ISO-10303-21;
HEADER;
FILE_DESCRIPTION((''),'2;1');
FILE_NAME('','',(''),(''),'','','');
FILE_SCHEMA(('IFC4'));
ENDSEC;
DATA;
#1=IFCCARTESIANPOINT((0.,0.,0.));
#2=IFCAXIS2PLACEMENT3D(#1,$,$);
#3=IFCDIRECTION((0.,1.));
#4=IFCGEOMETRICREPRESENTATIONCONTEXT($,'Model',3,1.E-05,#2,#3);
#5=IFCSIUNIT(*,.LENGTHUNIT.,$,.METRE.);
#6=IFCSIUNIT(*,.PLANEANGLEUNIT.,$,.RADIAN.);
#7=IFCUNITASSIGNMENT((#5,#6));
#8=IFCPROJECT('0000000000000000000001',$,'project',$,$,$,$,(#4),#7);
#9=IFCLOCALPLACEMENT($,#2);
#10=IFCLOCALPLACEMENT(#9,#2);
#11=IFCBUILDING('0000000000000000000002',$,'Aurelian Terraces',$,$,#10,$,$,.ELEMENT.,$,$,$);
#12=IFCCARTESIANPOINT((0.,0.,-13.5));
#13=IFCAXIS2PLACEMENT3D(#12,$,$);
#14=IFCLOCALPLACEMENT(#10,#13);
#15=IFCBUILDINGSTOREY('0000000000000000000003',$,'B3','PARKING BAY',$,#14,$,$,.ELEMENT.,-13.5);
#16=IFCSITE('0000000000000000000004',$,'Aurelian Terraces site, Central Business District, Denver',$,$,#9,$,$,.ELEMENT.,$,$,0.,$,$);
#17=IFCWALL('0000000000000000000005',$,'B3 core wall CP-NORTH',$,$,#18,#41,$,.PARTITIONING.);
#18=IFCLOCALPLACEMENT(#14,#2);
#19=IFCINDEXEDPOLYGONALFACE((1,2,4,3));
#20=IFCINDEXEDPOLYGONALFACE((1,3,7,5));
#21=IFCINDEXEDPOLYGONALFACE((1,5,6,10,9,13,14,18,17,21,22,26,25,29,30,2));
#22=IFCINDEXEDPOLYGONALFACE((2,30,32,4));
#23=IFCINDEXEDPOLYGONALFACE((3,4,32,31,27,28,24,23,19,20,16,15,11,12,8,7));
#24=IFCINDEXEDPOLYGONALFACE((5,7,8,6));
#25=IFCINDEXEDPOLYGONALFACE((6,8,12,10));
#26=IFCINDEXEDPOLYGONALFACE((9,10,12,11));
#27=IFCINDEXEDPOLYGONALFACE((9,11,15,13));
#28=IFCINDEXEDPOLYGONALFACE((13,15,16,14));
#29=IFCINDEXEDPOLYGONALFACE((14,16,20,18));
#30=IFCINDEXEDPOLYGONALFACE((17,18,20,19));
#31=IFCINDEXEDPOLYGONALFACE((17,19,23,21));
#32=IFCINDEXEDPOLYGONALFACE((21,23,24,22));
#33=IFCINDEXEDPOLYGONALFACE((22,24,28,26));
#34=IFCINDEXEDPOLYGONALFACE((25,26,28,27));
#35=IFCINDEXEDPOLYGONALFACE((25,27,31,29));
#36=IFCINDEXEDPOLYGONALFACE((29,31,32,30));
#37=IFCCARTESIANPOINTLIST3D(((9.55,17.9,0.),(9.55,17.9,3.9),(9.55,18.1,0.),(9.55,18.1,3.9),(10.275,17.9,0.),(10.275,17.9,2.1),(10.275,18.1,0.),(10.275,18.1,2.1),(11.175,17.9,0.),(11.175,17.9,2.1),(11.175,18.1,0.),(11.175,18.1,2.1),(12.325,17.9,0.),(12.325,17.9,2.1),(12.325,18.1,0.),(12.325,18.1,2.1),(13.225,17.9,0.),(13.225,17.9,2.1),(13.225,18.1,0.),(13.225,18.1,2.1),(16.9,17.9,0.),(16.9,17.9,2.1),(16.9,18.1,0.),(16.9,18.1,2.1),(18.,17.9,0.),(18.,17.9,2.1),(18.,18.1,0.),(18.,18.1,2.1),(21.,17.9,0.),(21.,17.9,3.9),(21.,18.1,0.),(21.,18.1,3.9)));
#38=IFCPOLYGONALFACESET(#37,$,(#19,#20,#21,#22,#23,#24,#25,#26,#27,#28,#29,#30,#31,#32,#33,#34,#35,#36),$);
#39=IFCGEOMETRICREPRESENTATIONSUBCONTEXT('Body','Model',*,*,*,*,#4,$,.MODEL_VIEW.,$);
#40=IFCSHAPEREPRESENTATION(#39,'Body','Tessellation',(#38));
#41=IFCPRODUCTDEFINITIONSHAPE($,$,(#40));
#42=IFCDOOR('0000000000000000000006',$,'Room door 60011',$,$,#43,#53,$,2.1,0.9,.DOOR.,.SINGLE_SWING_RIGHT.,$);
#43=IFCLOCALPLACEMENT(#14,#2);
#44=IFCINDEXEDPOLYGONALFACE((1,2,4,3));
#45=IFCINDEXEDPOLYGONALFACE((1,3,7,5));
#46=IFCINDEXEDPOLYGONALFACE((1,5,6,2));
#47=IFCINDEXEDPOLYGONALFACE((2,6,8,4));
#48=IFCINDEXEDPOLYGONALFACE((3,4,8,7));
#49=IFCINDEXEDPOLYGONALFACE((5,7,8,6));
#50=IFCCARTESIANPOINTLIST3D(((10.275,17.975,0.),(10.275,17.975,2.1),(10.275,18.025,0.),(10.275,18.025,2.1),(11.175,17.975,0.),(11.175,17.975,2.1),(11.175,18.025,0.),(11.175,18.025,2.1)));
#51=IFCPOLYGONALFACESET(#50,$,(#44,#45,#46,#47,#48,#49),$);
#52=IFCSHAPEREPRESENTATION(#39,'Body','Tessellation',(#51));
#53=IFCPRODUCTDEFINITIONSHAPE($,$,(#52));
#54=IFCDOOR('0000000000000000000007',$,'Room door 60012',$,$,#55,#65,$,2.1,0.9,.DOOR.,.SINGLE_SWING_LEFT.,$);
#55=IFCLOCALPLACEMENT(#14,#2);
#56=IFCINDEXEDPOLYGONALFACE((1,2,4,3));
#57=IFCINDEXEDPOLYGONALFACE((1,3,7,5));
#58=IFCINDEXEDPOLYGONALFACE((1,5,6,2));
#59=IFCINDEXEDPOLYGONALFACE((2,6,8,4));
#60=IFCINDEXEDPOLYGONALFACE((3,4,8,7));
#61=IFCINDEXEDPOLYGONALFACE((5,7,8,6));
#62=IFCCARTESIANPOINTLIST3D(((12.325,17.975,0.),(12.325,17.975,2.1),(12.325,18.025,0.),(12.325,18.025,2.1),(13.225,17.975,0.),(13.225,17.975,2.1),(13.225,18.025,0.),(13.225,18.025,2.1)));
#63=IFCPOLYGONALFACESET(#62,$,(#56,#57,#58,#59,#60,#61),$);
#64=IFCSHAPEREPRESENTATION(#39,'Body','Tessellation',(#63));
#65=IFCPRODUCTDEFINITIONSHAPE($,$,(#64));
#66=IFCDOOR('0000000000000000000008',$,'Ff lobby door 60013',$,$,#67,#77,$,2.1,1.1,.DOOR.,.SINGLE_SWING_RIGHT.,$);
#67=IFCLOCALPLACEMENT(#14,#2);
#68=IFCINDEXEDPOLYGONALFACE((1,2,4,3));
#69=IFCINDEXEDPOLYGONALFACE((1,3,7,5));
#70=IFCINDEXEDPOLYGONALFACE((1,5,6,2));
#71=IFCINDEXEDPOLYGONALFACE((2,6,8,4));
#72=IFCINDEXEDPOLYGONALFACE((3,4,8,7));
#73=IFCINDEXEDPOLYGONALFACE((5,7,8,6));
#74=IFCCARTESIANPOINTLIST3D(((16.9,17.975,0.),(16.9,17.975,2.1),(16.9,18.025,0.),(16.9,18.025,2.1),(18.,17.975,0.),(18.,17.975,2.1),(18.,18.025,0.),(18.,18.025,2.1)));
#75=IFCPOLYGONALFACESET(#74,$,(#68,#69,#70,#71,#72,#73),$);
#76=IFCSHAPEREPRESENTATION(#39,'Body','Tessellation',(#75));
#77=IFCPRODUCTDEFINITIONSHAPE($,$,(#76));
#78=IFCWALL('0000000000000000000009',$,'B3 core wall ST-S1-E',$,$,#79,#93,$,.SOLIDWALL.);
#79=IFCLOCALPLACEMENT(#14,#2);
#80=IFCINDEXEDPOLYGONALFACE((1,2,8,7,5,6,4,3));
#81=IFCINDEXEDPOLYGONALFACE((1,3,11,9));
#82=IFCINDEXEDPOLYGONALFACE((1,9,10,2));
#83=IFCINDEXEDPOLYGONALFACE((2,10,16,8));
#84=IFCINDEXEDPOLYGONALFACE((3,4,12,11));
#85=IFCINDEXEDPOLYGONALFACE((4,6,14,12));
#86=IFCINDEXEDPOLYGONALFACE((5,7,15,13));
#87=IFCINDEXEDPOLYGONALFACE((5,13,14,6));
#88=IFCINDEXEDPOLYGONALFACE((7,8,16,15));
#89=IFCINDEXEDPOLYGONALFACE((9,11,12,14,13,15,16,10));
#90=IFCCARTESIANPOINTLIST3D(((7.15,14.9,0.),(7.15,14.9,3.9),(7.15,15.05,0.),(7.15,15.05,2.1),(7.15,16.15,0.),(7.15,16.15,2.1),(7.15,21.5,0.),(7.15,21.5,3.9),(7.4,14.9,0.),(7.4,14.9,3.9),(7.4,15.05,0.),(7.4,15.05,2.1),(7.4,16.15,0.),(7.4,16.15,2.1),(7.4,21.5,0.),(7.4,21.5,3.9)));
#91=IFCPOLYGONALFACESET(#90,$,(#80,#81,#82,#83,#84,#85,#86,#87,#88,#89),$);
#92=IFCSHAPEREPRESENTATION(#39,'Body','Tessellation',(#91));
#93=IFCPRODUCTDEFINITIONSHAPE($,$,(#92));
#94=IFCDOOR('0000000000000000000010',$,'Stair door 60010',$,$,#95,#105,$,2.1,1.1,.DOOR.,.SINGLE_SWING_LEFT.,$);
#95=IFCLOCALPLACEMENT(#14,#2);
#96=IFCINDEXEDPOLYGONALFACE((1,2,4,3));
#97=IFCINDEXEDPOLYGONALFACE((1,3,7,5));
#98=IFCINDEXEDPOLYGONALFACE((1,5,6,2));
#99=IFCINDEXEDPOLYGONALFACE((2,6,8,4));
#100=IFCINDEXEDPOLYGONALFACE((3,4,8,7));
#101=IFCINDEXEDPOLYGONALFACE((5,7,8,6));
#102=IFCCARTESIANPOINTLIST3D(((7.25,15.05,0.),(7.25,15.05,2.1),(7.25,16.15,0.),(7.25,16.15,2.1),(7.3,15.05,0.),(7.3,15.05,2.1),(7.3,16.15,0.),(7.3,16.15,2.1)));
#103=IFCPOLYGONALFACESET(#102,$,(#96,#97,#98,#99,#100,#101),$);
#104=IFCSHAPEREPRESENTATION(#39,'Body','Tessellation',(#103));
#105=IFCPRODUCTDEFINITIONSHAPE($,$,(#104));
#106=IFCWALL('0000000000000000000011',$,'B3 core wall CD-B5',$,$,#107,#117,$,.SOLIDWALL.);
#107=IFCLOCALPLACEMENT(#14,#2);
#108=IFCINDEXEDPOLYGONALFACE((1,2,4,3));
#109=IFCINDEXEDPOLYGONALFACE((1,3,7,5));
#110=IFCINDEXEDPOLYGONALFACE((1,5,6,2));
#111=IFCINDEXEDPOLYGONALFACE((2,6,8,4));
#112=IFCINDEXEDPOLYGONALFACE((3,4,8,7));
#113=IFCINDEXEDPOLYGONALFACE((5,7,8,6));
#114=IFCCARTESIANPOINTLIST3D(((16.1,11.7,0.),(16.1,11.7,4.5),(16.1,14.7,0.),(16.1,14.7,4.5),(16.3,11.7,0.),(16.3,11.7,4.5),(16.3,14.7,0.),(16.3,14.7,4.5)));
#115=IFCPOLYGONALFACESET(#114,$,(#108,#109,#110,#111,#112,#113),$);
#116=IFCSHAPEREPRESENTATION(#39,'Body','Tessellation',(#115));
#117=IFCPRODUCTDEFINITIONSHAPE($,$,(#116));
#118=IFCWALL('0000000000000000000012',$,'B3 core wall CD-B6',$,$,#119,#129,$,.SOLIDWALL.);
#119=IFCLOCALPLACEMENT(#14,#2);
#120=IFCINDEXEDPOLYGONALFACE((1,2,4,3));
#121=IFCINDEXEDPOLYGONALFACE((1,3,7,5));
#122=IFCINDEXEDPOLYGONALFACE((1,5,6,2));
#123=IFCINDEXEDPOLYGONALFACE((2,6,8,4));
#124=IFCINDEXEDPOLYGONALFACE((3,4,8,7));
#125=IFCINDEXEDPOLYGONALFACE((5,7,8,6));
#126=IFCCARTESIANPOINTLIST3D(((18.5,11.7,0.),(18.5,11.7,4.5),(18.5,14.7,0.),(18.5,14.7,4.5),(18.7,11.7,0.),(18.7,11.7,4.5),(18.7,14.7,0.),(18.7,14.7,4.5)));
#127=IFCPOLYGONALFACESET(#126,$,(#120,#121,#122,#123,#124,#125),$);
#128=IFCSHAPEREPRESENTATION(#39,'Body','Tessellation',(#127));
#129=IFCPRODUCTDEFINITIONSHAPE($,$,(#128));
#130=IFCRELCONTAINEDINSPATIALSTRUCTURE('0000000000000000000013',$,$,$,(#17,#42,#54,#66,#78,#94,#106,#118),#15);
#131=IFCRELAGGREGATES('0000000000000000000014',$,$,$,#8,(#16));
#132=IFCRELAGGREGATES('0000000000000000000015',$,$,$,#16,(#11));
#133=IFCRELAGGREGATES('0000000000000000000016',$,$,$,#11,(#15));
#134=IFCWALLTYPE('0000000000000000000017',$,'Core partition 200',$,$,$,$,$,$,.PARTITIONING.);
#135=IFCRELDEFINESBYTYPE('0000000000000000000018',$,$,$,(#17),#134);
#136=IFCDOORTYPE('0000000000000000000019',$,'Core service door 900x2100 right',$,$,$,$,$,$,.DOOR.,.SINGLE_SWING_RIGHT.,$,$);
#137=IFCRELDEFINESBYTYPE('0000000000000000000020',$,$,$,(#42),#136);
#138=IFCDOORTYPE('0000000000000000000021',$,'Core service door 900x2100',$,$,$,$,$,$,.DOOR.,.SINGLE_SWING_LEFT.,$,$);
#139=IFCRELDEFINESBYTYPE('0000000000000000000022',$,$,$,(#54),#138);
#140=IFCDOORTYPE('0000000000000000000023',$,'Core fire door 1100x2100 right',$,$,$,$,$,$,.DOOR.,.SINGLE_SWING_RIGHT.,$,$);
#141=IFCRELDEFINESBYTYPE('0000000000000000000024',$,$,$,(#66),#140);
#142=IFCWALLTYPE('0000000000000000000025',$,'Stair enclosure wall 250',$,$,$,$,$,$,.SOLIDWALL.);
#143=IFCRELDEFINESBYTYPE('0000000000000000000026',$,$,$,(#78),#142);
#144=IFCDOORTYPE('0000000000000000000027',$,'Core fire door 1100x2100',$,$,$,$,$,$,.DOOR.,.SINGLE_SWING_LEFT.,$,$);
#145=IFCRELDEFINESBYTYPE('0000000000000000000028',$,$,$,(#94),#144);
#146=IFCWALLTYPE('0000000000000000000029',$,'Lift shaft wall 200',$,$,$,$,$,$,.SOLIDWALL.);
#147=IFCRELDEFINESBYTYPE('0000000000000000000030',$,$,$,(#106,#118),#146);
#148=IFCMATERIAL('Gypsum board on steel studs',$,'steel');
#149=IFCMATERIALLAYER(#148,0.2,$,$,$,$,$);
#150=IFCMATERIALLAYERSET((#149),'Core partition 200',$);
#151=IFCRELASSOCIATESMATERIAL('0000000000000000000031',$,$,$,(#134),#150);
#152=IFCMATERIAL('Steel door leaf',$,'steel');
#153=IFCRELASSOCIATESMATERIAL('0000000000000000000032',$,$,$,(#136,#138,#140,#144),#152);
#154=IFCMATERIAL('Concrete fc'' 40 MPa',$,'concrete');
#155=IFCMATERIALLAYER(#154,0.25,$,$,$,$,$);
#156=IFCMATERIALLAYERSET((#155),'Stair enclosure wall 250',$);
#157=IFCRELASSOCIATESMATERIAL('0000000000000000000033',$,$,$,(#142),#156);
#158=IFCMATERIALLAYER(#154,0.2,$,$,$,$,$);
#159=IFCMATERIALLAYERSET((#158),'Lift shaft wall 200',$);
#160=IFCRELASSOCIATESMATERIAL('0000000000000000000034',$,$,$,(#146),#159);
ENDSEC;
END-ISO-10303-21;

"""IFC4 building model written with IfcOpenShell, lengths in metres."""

from ifc_helpers import new_model, si_unit, direction, frame, frame_2d, origin, place, context, subcontext, project, spatial, rectangle, extrude, source, transform, mapped, material, layer, layer_set, type_object, element, fill, save


model = new_model("IFC4")

# Units and contexts
model_context = context("Model", 3, precision=1e-05, world=origin(), true_north=direction((0.0, 1.0)))
body_context = subcontext(model_context, "Body", "Model", "MODEL_VIEW")
ifc_project = project(units=[si_unit("LENGTHUNIT", "METRE"), si_unit("PLANEANGLEUNIT", "RADIAN")], contexts=[model_context])

# Site, building, storey
site_placement = place(None, origin())
site = spatial("IfcSite", under=ifc_project, at=site_placement, Name="Aurelian Terraces site, Central Business District, Denver", CompositionType="ELEMENT", RefElevation=0.0)
building_placement = place(site_placement, origin())
building = spatial("IfcBuilding", under=site, at=building_placement, Name="Aurelian Terraces", CompositionType="ELEMENT")
storey_placement = place(building_placement, frame((0.0, 0.0, -13.5)))
storey = spatial("IfcBuildingStorey", under=building, at=storey_placement, Name="B3", Description="PARKING BAY", CompositionType="ELEMENT", Elevation=-13.5)

# Shared definitions
ifc_material_1 = material(Name="Gypsum board on steel studs", Category="steel")
ifc_layer_1 = layer(ifc_material_1, 0.2)
ifc_layer_set_1 = layer_set([ifc_layer_1], Name="Core partition 200")
wall_type_1 = type_object("IfcWallType", Name="Core partition 200", PredefinedType="PARTITIONING", material=ifc_layer_set_1)

# Wall, openings, doors
wall_1_placement = place(storey_placement, frame((9.55, 18.0, 0.0), z_axis=(0.0, 0.0, 1.0), x_axis=(1.0, 0.0, 0.0)))
wall_1 = element("IfcWall", 1, at=wall_1_placement, inside=storey, type_object=wall_type_1, Name="B3 core wall CP-NORTH", PredefinedType="PARTITIONING", context=body_context, shape_type="SweptSolid", body=[
    extrude(rectangle(XDim=11.45, YDim=0.2, at=frame_2d((5.725, 0.0))), origin(), (0.0, 0.0, 1.0), 3.9),
])
opening_1_placement = place(wall_1_placement, frame((0.725, 0.0, 0.0)))
opening_1 = element("IfcOpeningElement", 2, at=opening_1_placement, cuts=wall_1, PredefinedType="OPENING", context=body_context, shape_type="SweptSolid", body=[
    extrude(rectangle(XDim=0.9, YDim=2.1, at=frame_2d((0.45, 1.05))), frame((0.0, 0.11, 0.0), z_axis=(0.0, -1.0, 0.0), x_axis=(1.0, 0.0, 0.0)), (0.0, 0.0, 1.0), 0.22),
])
shared_shape_1 = source(origin(), body_context, "Body", "SweptSolid", [
    extrude(rectangle(XDim=0.9, YDim=2.1, at=frame_2d((0.45, 1.05))), frame((0.0, 0.11, 0.0), z_axis=(0.0, -1.0, 0.0), x_axis=(1.0, 0.0, 0.0)), (0.0, 0.0, 1.0), 0.22),
])
opening_2_placement = place(wall_1_placement, frame((2.775, 0.0, 0.0)))
opening_2 = element("IfcOpeningElement", 3, at=opening_2_placement, cuts=wall_1, PredefinedType="OPENING", context=body_context, shape_type="MappedRepresentation", body=[
    mapped(shared_shape_1, transform((0.0, 0.0, 0.0), scale=1.0)),
])
shared_shape_2 = source(origin(), body_context, "Body", "SweptSolid", [
    extrude(rectangle(XDim=1.1, YDim=2.1, at=frame_2d((0.55, 1.05))), frame((0.0, 0.11, 0.0), z_axis=(0.0, -1.0, 0.0), x_axis=(1.0, 0.0, 0.0)), (0.0, 0.0, 1.0), 0.22),
])
opening_3_placement = place(wall_1_placement, frame((7.35, 0.0, 0.0)))
opening_3 = element("IfcOpeningElement", 4, at=opening_3_placement, cuts=wall_1, PredefinedType="OPENING", context=body_context, shape_type="MappedRepresentation", body=[
    mapped(shared_shape_2, transform((0.0, 0.0, 0.0), scale=1.0)),
])
ifc_material_2 = material(Name="Steel door leaf", Category="steel")
door_type_1 = type_object("IfcDoorType", Name="Core service door 900x2100 right", OperationType="SINGLE_SWING_RIGHT", PredefinedType="DOOR", material=ifc_material_2)
shared_shape_3 = source(origin(), body_context, "Body", "SweptSolid", [
    extrude(rectangle(XDim=0.9, YDim=2.1, at=frame_2d((0.45, 1.05))), frame((0.0, 0.025, 0.0), z_axis=(0.0, -1.0, 0.0), x_axis=(1.0, 0.0, 0.0)), (0.0, 0.0, 1.0), 0.05),
])
door_1_placement = place(opening_1_placement, origin())
door_1 = element("IfcDoor", 5, at=door_1_placement, inside=storey, type_object=door_type_1, Name="Room door 60011", OperationType="SINGLE_SWING_RIGHT", OverallHeight=2.1, OverallWidth=0.9, PredefinedType="DOOR", context=body_context, shape_type="MappedRepresentation", body=[
    mapped(shared_shape_3, transform((0.0, 0.0, 0.0), scale=1.0)),
])
fill(opening_1, door_1)
door_type_2 = type_object("IfcDoorType", Name="Core service door 900x2100", OperationType="SINGLE_SWING_LEFT", PredefinedType="DOOR", material=ifc_material_2)
door_2_placement = place(opening_2_placement, origin())
door_2 = element("IfcDoor", 6, at=door_2_placement, inside=storey, type_object=door_type_2, Name="Room door 60012", OperationType="SINGLE_SWING_LEFT", OverallHeight=2.1, OverallWidth=0.9, PredefinedType="DOOR", context=body_context, shape_type="MappedRepresentation", body=[
    mapped(shared_shape_3, transform((0.0, 0.0, 0.0), scale=1.0)),
])
fill(opening_2, door_2)
door_type_3 = type_object("IfcDoorType", Name="Core fire door 1100x2100 right", OperationType="SINGLE_SWING_RIGHT", PredefinedType="DOOR", material=ifc_material_2)
shared_shape_4 = source(origin(), body_context, "Body", "SweptSolid", [
    extrude(rectangle(XDim=1.1, YDim=2.1, at=frame_2d((0.55, 1.05))), frame((0.0, 0.025, 0.0), z_axis=(0.0, -1.0, 0.0), x_axis=(1.0, 0.0, 0.0)), (0.0, 0.0, 1.0), 0.05),
])
door_3_placement = place(opening_3_placement, origin())
door_3 = element("IfcDoor", 7, at=door_3_placement, inside=storey, type_object=door_type_3, Name="Ff lobby door 60013", OperationType="SINGLE_SWING_RIGHT", OverallHeight=2.1, OverallWidth=1.1, PredefinedType="DOOR", context=body_context, shape_type="MappedRepresentation", body=[
    mapped(shared_shape_4, transform((0.0, 0.0, 0.0), scale=1.0)),
])
fill(opening_3, door_3)

# Wall, opening, door
ifc_material_3 = material(Name="Concrete fc' 40 MPa", Category="concrete")
ifc_layer_2 = layer(ifc_material_3, 0.25)
ifc_layer_set_2 = layer_set([ifc_layer_2], Name="Stair enclosure wall 250")
wall_type_2 = type_object("IfcWallType", Name="Stair enclosure wall 250", PredefinedType="SOLIDWALL", material=ifc_layer_set_2)
wall_2_placement = place(storey_placement, frame((7.275, 14.9, 0.0), z_axis=(0.0, 0.0, 1.0), x_axis=(0.0, 1.0, 0.0)))
wall_2 = element("IfcWall", 8, at=wall_2_placement, inside=storey, type_object=wall_type_2, Name="B3 core wall ST-S1-E", PredefinedType="SOLIDWALL", context=body_context, shape_type="SweptSolid", body=[
    extrude(rectangle(XDim=6.6, YDim=0.25, at=frame_2d((3.3, 0.0))), origin(), (0.0, 0.0, 1.0), 3.9),
])
opening_4_placement = place(wall_2_placement, frame((0.15, 0.0, 0.0)))
opening_4 = element("IfcOpeningElement", 9, at=opening_4_placement, cuts=wall_2, PredefinedType="OPENING", context=body_context, shape_type="SweptSolid", body=[
    extrude(rectangle(XDim=1.1, YDim=2.1, at=frame_2d((0.55, 1.05))), frame((0.0, 0.135, 0.0), z_axis=(0.0, -1.0, 0.0), x_axis=(1.0, 0.0, 0.0)), (0.0, 0.0, 1.0), 0.27),
])
door_type_4 = type_object("IfcDoorType", Name="Core fire door 1100x2100", OperationType="SINGLE_SWING_LEFT", PredefinedType="DOOR", material=ifc_material_2)
door_4_placement = place(opening_4_placement, origin())
door_4 = element("IfcDoor", 10, at=door_4_placement, inside=storey, type_object=door_type_4, Name="Stair door 60010", OperationType="SINGLE_SWING_LEFT", OverallHeight=2.1, OverallWidth=1.1, PredefinedType="DOOR", context=body_context, shape_type="MappedRepresentation", body=[
    mapped(shared_shape_4, transform((0.0, 0.0, 0.0), scale=1.0)),
])
fill(opening_4, door_4)

# Walls
ifc_layer_3 = layer(ifc_material_3, 0.2)
ifc_layer_set_3 = layer_set([ifc_layer_3], Name="Lift shaft wall 200")
wall_type_3 = type_object("IfcWallType", Name="Lift shaft wall 200", PredefinedType="SOLIDWALL", material=ifc_layer_set_3)
shared_shape_5 = source(origin(), body_context, "Body", "SweptSolid", [
    extrude(rectangle(XDim=3.0, YDim=0.2, at=frame_2d((1.5, 0.0))), origin(), (0.0, 0.0, 1.0), 4.5),
])
for number, where, z_axis, x_axis, name in (
    (11, (16.2, 11.7, 0.0), (0.0, 0.0, 1.0), (0.0, 1.0, 0.0), "B3 core wall CD-B5"),
    (12, (18.6, 11.7, 0.0), (0.0, 0.0, 1.0), (0.0, 1.0, 0.0), "B3 core wall CD-B6"),
):
    element("IfcWall", number, at=place(storey_placement, frame(where, z_axis=z_axis, x_axis=x_axis)), inside=storey, type_object=wall_type_3, Name=name, PredefinedType="SOLIDWALL", context=body_context, shape_type="MappedRepresentation", body=[
        mapped(shared_shape_5, transform((0.0, 0.0, 0.0), scale=1.0)),
    ])

save(model, "model.ifc")
